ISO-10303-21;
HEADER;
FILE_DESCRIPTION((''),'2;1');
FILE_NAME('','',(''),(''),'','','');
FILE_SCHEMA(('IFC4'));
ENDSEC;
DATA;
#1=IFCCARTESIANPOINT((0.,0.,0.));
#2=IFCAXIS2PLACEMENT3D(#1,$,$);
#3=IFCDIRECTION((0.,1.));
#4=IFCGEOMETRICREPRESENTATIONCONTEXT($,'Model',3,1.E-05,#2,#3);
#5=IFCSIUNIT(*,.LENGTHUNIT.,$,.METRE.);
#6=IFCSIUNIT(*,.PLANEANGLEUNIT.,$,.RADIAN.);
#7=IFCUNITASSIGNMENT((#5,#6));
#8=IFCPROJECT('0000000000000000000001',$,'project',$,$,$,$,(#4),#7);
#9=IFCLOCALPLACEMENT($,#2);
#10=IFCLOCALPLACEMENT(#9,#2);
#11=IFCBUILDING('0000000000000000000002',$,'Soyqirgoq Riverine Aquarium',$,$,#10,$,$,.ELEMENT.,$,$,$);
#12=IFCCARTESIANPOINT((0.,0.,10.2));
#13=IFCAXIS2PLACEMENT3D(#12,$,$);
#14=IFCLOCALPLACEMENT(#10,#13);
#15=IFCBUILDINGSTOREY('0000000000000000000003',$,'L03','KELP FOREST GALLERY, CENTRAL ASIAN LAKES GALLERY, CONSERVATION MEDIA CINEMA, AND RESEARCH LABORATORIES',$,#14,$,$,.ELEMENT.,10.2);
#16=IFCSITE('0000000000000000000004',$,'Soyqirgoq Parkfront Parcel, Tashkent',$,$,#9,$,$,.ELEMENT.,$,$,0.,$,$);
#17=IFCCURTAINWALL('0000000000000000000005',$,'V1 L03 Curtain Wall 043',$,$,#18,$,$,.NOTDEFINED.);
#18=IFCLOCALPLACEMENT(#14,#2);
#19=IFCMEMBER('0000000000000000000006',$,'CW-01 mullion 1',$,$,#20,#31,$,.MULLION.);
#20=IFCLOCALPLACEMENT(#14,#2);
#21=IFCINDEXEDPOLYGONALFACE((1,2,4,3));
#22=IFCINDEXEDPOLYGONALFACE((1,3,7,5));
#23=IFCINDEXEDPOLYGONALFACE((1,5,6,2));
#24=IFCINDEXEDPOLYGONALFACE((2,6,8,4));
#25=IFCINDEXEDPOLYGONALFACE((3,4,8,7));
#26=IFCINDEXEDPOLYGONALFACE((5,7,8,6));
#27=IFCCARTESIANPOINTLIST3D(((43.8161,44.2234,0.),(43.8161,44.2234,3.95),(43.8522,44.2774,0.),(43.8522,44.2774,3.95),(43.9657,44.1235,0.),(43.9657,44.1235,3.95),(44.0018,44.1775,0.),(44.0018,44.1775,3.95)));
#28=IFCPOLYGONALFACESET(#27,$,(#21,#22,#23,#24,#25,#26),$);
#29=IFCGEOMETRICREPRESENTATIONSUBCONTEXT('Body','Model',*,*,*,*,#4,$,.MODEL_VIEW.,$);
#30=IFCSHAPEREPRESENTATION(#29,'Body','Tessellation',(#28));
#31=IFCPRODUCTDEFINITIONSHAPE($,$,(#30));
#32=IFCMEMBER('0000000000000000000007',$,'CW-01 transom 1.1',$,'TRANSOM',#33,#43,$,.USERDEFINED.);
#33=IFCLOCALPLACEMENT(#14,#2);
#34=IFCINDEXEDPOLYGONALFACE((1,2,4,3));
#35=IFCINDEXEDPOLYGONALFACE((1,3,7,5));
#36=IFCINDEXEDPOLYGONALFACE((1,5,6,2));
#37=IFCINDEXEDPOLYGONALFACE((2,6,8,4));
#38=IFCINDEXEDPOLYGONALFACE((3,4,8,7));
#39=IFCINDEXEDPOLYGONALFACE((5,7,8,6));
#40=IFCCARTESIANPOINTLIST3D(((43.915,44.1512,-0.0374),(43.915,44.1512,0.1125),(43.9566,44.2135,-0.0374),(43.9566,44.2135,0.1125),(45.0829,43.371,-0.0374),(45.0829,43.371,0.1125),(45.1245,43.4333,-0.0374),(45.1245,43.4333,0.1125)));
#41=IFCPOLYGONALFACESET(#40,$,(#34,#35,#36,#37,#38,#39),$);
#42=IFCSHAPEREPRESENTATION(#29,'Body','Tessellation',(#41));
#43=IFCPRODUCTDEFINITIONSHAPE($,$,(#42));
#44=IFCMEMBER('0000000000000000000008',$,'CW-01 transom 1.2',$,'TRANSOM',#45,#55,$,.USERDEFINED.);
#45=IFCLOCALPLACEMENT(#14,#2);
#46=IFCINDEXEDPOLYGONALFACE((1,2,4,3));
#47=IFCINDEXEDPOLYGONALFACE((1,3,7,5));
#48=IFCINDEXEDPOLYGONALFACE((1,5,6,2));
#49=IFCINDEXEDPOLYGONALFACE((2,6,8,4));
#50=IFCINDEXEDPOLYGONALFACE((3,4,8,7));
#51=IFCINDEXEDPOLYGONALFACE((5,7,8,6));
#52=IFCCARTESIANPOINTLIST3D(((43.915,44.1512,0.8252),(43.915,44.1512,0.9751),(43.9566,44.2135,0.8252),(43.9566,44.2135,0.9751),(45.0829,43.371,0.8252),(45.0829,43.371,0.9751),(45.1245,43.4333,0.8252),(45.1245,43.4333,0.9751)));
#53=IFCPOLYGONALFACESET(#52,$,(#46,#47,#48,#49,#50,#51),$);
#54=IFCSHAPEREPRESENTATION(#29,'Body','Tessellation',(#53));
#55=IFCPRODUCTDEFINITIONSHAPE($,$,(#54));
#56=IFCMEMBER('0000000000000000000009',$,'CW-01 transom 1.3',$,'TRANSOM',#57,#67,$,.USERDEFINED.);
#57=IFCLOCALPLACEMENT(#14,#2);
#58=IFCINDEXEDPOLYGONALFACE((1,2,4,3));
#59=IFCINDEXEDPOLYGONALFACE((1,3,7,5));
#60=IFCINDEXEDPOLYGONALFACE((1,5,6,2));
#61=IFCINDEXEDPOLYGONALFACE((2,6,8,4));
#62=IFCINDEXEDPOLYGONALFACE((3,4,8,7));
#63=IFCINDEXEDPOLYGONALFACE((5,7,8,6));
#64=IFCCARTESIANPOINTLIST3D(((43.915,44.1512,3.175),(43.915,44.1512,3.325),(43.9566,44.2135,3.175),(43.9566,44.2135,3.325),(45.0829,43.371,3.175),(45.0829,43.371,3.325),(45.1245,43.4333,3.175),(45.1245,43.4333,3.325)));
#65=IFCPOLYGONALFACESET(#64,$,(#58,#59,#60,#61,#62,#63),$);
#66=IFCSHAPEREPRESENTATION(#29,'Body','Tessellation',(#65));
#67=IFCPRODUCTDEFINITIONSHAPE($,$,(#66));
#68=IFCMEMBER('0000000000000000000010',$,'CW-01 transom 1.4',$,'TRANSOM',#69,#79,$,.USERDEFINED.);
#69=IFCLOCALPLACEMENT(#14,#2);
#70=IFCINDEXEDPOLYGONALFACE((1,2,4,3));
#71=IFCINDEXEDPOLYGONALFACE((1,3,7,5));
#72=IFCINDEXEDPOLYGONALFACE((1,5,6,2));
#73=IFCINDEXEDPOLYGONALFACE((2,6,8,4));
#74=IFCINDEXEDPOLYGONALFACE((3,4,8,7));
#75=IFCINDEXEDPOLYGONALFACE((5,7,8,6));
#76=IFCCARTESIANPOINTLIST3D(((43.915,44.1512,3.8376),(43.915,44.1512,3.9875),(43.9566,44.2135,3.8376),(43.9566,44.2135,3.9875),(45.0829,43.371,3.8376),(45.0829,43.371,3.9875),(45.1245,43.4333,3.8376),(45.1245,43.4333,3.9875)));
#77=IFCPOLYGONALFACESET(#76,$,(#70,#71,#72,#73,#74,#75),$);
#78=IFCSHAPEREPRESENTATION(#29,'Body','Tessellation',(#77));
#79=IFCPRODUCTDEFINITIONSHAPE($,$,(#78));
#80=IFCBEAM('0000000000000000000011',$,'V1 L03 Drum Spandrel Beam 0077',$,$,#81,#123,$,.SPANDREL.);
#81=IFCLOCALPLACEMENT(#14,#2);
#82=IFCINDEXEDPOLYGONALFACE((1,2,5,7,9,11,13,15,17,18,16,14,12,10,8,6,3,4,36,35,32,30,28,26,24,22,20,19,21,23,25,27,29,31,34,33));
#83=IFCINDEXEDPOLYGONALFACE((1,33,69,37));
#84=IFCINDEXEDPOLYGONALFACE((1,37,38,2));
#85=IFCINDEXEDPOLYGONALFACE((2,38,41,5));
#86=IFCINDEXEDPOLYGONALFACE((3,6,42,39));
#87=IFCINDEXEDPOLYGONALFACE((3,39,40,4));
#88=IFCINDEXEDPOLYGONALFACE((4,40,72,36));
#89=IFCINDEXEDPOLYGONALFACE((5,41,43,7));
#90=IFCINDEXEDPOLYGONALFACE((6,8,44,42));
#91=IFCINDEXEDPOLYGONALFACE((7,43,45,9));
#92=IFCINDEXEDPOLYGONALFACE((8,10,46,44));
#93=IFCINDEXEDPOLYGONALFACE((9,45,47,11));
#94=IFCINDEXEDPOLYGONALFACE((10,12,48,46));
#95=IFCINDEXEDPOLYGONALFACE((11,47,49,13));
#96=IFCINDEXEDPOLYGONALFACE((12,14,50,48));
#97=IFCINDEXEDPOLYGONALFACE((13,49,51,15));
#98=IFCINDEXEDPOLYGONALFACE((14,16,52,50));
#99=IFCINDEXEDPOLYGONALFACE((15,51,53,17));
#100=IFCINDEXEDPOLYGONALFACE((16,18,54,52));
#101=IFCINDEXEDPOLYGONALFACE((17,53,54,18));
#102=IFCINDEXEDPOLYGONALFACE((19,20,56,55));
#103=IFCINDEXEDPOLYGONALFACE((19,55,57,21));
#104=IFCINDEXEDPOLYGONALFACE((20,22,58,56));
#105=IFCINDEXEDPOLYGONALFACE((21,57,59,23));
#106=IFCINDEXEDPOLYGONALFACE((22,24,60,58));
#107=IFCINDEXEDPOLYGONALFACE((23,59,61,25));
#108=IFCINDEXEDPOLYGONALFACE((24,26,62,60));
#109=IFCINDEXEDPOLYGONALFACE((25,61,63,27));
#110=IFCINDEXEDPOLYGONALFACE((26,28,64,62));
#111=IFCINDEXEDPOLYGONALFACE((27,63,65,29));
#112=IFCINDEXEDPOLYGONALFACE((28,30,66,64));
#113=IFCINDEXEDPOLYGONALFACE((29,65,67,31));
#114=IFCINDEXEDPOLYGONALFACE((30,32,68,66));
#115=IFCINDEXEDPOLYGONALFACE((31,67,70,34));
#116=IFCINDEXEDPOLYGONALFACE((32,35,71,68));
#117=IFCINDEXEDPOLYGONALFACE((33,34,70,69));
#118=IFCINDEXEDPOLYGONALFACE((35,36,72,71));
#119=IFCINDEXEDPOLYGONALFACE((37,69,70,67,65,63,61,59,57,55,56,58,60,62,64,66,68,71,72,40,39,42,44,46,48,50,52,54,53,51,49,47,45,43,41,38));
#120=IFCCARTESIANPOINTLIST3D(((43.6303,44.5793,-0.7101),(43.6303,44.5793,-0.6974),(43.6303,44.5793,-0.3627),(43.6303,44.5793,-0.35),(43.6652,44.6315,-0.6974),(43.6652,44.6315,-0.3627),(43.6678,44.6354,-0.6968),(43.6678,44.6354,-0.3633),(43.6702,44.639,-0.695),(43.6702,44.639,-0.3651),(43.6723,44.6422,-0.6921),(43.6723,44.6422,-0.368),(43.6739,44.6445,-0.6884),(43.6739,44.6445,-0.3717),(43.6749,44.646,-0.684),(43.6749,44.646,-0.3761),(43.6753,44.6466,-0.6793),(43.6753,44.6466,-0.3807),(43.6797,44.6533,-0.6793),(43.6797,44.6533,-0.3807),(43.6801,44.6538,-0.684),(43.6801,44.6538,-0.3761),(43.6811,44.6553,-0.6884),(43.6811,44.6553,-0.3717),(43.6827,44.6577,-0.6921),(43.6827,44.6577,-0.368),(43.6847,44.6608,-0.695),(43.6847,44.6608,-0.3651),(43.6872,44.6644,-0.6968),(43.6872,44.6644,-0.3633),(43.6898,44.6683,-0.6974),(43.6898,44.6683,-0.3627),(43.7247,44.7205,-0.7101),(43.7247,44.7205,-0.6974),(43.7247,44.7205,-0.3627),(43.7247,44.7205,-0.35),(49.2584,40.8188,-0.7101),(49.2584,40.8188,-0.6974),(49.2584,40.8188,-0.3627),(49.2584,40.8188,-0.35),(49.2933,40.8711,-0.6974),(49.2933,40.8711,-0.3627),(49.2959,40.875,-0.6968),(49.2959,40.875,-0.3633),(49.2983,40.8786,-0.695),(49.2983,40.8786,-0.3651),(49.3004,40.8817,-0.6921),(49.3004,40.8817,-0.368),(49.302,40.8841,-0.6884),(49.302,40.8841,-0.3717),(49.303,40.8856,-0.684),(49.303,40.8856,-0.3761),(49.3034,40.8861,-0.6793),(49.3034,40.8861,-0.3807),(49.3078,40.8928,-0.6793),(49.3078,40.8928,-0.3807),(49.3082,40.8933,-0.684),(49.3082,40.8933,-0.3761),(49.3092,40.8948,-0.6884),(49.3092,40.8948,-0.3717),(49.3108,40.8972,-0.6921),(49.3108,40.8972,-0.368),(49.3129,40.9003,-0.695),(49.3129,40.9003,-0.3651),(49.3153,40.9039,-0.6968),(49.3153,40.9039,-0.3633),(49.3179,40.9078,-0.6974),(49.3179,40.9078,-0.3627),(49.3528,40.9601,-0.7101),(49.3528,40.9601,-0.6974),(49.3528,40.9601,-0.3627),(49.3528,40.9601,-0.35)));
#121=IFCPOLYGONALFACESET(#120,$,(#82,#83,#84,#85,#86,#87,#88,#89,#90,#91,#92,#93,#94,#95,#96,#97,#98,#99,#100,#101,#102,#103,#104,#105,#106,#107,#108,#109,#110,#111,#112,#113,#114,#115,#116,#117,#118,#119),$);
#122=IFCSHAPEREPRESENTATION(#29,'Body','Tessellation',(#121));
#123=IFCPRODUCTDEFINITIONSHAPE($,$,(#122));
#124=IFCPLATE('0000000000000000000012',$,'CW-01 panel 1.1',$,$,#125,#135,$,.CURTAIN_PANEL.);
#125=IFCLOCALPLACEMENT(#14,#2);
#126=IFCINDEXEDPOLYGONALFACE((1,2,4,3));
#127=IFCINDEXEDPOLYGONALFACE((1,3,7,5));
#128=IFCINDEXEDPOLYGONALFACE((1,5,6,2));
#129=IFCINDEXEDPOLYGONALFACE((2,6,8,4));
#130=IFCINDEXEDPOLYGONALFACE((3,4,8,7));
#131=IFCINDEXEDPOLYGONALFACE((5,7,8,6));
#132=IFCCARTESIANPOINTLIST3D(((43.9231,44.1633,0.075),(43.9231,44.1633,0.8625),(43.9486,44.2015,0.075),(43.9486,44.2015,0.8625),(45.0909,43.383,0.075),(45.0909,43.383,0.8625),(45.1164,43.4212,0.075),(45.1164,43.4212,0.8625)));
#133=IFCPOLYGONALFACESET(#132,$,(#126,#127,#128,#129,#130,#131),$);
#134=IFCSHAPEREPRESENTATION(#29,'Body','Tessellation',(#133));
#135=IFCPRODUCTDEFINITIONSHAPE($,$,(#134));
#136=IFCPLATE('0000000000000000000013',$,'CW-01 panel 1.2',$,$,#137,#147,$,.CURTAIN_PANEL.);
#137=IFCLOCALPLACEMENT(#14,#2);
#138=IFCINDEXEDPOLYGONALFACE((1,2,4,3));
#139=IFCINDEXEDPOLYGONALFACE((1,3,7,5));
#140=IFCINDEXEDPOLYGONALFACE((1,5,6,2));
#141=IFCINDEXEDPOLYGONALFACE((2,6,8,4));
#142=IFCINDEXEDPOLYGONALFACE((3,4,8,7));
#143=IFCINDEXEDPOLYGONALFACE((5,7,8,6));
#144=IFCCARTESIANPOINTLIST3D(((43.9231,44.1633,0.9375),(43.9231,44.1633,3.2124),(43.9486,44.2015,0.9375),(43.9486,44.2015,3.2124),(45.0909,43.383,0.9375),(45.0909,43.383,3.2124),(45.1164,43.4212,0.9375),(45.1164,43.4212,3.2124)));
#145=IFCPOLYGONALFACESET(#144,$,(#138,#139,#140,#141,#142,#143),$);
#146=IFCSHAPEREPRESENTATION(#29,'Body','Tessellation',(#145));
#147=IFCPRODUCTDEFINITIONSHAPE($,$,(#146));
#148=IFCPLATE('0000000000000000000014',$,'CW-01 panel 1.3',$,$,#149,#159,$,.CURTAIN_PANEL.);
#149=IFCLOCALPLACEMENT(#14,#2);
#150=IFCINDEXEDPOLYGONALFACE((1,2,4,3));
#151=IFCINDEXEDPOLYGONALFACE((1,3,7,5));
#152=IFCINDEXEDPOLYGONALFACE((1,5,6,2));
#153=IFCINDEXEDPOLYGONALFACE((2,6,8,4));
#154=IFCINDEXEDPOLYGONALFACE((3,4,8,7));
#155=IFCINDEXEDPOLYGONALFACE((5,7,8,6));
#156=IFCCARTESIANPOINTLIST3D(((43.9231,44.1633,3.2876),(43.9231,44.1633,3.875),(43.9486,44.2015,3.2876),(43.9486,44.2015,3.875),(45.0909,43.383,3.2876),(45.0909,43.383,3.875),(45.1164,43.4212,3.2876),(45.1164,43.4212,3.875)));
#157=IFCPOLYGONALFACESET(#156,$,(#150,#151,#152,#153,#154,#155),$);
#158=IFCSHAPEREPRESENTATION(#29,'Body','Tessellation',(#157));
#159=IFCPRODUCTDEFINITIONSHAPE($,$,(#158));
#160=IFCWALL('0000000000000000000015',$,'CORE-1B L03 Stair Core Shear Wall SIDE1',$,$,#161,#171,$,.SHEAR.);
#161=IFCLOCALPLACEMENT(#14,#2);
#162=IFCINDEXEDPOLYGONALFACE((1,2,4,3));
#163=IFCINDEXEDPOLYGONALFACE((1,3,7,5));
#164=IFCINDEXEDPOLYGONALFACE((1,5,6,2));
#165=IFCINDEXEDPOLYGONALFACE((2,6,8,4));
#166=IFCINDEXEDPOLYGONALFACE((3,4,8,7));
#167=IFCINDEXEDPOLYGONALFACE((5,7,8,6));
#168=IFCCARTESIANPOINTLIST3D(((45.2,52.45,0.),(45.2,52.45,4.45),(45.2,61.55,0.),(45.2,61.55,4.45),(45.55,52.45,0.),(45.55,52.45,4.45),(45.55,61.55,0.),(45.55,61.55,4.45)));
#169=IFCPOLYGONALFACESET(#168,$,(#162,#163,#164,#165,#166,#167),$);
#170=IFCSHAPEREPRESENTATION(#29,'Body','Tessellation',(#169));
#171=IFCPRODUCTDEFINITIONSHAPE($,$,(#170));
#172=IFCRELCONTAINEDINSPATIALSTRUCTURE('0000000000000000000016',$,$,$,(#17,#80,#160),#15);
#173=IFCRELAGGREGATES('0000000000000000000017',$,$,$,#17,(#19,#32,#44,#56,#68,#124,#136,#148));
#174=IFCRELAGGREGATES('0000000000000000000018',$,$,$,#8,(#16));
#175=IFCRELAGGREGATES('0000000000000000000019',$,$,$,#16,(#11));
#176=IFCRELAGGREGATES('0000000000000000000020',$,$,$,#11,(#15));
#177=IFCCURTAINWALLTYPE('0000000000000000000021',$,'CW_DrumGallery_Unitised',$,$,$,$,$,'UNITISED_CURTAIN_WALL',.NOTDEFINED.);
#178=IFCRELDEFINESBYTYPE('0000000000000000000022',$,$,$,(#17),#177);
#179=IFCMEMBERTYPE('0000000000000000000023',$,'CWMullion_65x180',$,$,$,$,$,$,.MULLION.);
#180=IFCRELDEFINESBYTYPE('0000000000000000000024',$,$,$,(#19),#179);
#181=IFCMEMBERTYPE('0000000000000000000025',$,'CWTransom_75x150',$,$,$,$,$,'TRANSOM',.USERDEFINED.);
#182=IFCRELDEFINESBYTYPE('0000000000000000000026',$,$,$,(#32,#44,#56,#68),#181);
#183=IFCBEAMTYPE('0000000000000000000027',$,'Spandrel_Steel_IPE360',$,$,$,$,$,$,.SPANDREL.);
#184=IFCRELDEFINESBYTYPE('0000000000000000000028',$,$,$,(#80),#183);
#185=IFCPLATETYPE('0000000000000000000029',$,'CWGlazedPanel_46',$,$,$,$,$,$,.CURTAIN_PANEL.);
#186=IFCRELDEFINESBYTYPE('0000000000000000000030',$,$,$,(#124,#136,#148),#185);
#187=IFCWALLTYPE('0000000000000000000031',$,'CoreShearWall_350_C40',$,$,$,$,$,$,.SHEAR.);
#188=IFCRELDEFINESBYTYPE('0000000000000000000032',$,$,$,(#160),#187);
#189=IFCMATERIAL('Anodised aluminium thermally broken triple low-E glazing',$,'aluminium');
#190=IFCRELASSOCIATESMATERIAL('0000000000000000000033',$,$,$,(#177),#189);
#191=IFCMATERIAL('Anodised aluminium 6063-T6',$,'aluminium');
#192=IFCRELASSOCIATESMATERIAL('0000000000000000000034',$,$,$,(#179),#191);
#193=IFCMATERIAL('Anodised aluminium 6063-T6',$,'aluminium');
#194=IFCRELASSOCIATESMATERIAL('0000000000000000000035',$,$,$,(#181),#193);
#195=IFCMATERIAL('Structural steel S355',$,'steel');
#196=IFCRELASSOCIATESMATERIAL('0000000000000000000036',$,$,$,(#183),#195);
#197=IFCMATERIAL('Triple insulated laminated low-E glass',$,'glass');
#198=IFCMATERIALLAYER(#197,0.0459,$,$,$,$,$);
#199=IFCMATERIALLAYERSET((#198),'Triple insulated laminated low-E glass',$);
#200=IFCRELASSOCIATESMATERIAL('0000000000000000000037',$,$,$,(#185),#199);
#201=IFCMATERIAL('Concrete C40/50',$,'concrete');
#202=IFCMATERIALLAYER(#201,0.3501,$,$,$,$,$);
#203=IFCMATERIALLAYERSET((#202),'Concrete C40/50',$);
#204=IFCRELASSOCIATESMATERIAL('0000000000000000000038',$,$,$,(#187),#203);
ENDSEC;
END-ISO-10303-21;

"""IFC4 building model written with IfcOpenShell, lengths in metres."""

from ifc_helpers import new_model, si_unit, direction, frame, frame_2d, origin, origin_2d, place, context, subcontext, project, spatial, rectangle, i_section, extrude, material, layer, layer_set, material_profile, profile_set, type_object, element, aggregate, save


model = new_model("IFC4")

# Units and contexts
model_context = context("Model", 3, precision=1e-05, world=origin(), true_north=direction((0.0, 1.0)))
body_context = subcontext(model_context, "Body", "Model", "MODEL_VIEW")
ifc_project = project(units=[si_unit("LENGTHUNIT", "METRE"), si_unit("PLANEANGLEUNIT", "RADIAN")], contexts=[model_context])

# Site, building, storey
site_placement = place(None, origin())
site = spatial("IfcSite", under=ifc_project, at=site_placement, Name="Soyqirgoq Parkfront Parcel, Tashkent", CompositionType="ELEMENT", RefElevation=0.0)
building_placement = place(site_placement, origin())
building = spatial("IfcBuilding", under=site, at=building_placement, Name="Soyqirgoq Riverine Aquarium", CompositionType="ELEMENT")
storey_placement = place(building_placement, frame((0.0, 0.0, 10.2)))
storey = spatial("IfcBuildingStorey", under=building, at=storey_placement, Name="L03", Description="KELP FOREST GALLERY, CENTRAL ASIAN LAKES GALLERY, CONSERVATION MEDIA CINEMA, AND RESEARCH LABORATORIES", CompositionType="ELEMENT", Elevation=10.2)

# Curtain wall, members
ifc_material_1 = material(Name="Anodised aluminium thermally broken triple low-E glazing", Category="aluminium")
curtain_wall_type = type_object("IfcCurtainWallType", Name="CW_DrumGallery_Unitised", ElementType="UNITISED_CURTAIN_WALL", PredefinedType="NOTDEFINED", material=ifc_material_1)
curtain_wall_placement = place(storey_placement, origin())
curtain_wall = element("IfcCurtainWall", 1, at=curtain_wall_placement, inside=storey, type_object=curtain_wall_type, Name="V1 L03 Curtain Wall 043", PredefinedType="NOTDEFINED")
ifc_material_2 = material(Name="Anodised aluminium 6063-T6", Category="aluminium")
ifc_material_profile_1 = material_profile(ifc_material_2, rectangle(XDim=0.0649, YDim=0.1799, at=origin_2d()), Name="ALU-M 65x180")
ifc_profile_set_1 = profile_set([ifc_material_profile_1], Name="Anodised aluminium 6063-T6")
member_type_1 = type_object("IfcMemberType", Name="CWMullion_65x180", PredefinedType="MULLION", material=ifc_profile_set_1)
member_1_placement = place(storey_placement, frame((43.9089, 44.2004, 0.0), z_axis=(0.0, 0.0, 1.0), x_axis=(0.555572, 0.831469, 0.0)))
member_1 = element("IfcMember", 2, at=member_1_placement, type_object=member_type_1, Name="CW-01 mullion 1", PredefinedType="MULLION", context=body_context, shape_type="SweptSolid", body=[
    extrude(rectangle(XDim=0.0649, YDim=0.1799, at=origin_2d()), origin(), (0.0, 0.0, 1.0), 3.95),
])
ifc_material_3 = material(Name="Anodised aluminium 6063-T6", Category="aluminium")
ifc_material_profile_2 = material_profile(ifc_material_3, rectangle(XDim=0.075, YDim=0.1499, at=origin_2d()), Name="ALU-T 75x150")
ifc_profile_set_2 = profile_set([ifc_material_profile_2], Name="Anodised aluminium 6063-T6")
member_type_2 = type_object("IfcMemberType", Name="CWTransom_75x150", ElementType="TRANSOM", PredefinedType="USERDEFINED", material=ifc_profile_set_2)
member_2_placement = place(storey_placement, frame((43.9358, 44.1824, 0.0376), z_axis=(0.831515, -0.555502, 0.0), x_axis=(0.555502, 0.831515, 0.0)))
member_2 = element("IfcMember", 3, at=member_2_placement, type_object=member_type_2, Name="CW-01 transom 1.1", ObjectType="TRANSOM", PredefinedType="USERDEFINED", context=body_context, shape_type="SweptSolid", body=[
    extrude(rectangle(XDim=0.075, YDim=0.1499, at=origin_2d()), origin(), (0.0, 0.0, 1.0), 1.4045),
])
member_3_placement = place(storey_placement, frame((43.9358, 44.1824, 0.9001), z_axis=(0.831515, -0.555502, 0.0), x_axis=(0.555502, 0.831515, 0.0)))
member_3 = element("IfcMember", 4, at=member_3_placement, type_object=member_type_2, Name="CW-01 transom 1.2", ObjectType="TRANSOM", PredefinedType="USERDEFINED", context=body_context, shape_type="SweptSolid", body=[
    extrude(rectangle(XDim=0.075, YDim=0.1499, at=origin_2d()), origin(), (0.0, 0.0, 1.0), 1.4045),
])
member_4_placement = place(storey_placement, frame((43.9358, 44.1824, 3.25), z_axis=(0.831515, -0.555502, 0.0), x_axis=(0.555502, 0.831515, 0.0)))
member_4 = element("IfcMember", 5, at=member_4_placement, type_object=member_type_2, Name="CW-01 transom 1.3", ObjectType="TRANSOM", PredefinedType="USERDEFINED", context=body_context, shape_type="SweptSolid", body=[
    extrude(rectangle(XDim=0.075, YDim=0.1499, at=origin_2d()), origin(), (0.0, 0.0, 1.0), 1.4045),
])
member_5_placement = place(storey_placement, frame((43.9358, 44.1824, 3.9126), z_axis=(0.831515, -0.555502, 0.0), x_axis=(0.555502, 0.831515, 0.0)))
member_5 = element("IfcMember", 6, at=member_5_placement, type_object=member_type_2, Name="CW-01 transom 1.4", ObjectType="TRANSOM", PredefinedType="USERDEFINED", context=body_context, shape_type="SweptSolid", body=[
    extrude(rectangle(XDim=0.075, YDim=0.1499, at=origin_2d()), origin(), (0.0, 0.0, 1.0), 1.4045),
])

# Beam
ifc_material_4 = material(Name="Structural steel S355", Category="steel")
ifc_material_profile_3 = material_profile(ifc_material_4, i_section(OverallWidth=0.1699, OverallDepth=0.3601, WebThickness=0.0081, FlangeThickness=0.0127, FilletRadius=0.0181, at=origin_2d()), Name="IPE 360")
ifc_profile_set_3 = profile_set([ifc_material_profile_3], Name="Structural steel S355")
beam_type = type_object("IfcBeamType", Name="Spandrel_Steel_IPE360", PredefinedType="SPANDREL", material=ifc_profile_set_3)
beam_placement = place(storey_placement, frame((43.6775, 44.6499, -0.53), z_axis=(0.831478, -0.555557, 0.0), x_axis=(0.555557, 0.831478, 0.0)))
element("IfcBeam", 7, at=beam_placement, inside=storey, type_object=beam_type, Name="V1 L03 Drum Spandrel Beam 0077", PredefinedType="SPANDREL", context=body_context, shape_type="SweptSolid", body=[
    extrude(i_section(OverallWidth=0.1699, OverallDepth=0.3601, WebThickness=0.0081, FlangeThickness=0.0127, FilletRadius=0.0181, at=origin_2d()), origin(), (0.0, 0.0, 1.0), 6.7688),
])

# Plates
ifc_material_5 = material(Name="Triple insulated laminated low-E glass", Category="glass")
ifc_layer_1 = layer(ifc_material_5, 0.0459)
ifc_layer_set_1 = layer_set([ifc_layer_1], Name="Triple insulated laminated low-E glass")
plate_type = type_object("IfcPlateType", Name="CWGlazedPanel_46", PredefinedType="CURTAIN_PANEL", material=ifc_layer_set_1)
plate_1_placement = place(storey_placement, frame((44.5198, 43.7922, 0.075), z_axis=(0.0, 0.0, 1.0), x_axis=(0.831469, -0.555572, 0.0)))
plate_1 = element("IfcPlate", 8, at=plate_1_placement, type_object=plate_type, Name="CW-01 panel 1.1", PredefinedType="CURTAIN_PANEL", context=body_context, shape_type="SweptSolid", body=[
    extrude(rectangle(XDim=1.4045, YDim=0.0459, at=origin_2d()), origin(), (0.0, 0.0, 1.0), 0.7876),
])
plate_2_placement = place(storey_placement, frame((44.5198, 43.7922, 0.9375), z_axis=(0.0, 0.0, 1.0), x_axis=(0.831469, -0.555572, 0.0)))
plate_2 = element("IfcPlate", 9, at=plate_2_placement, type_object=plate_type, Name="CW-01 panel 1.2", PredefinedType="CURTAIN_PANEL", context=body_context, shape_type="SweptSolid", body=[
    extrude(rectangle(XDim=1.4045, YDim=0.0459, at=origin_2d()), origin(), (0.0, 0.0, 1.0), 2.2749),
])
plate_3_placement = place(storey_placement, frame((44.5198, 43.7922, 3.2876), z_axis=(0.0, 0.0, 1.0), x_axis=(0.831469, -0.555572, 0.0)))
plate_3 = element("IfcPlate", 10, at=plate_3_placement, type_object=plate_type, Name="CW-01 panel 1.3", PredefinedType="CURTAIN_PANEL", context=body_context, shape_type="SweptSolid", body=[
    extrude(rectangle(XDim=1.4045, YDim=0.0459, at=origin_2d()), origin(), (0.0, 0.0, 1.0), 0.5874),
])
aggregate(curtain_wall, [member_1, member_2, member_3, member_4, member_5, plate_1, plate_2, plate_3])

# Wall
ifc_material_6 = material(Name="Concrete C40/50", Category="concrete")
ifc_layer_2 = layer(ifc_material_6, 0.3501)
ifc_layer_set_2 = layer_set([ifc_layer_2], Name="Concrete C40/50")
wall_type_1 = type_object("IfcWallType", Name="CoreShearWall_350_C40", PredefinedType="SHEAR", material=ifc_layer_set_2)
wall_1_placement = place(storey_placement, frame((45.375, 52.45, 0.0), z_axis=(0.0, 0.0, 1.0), x_axis=(0.0, 1.0, 0.0)))
element("IfcWall", 11, at=wall_1_placement, inside=storey, type_object=wall_type_1, Name="CORE-1B L03 Stair Core Shear Wall SIDE1", PredefinedType="SHEAR", context=body_context, shape_type="SweptSolid", body=[
    extrude(rectangle(XDim=9.1001, YDim=0.3501, at=frame_2d((4.55, 0.0))), origin(), (0.0, 0.0, 1.0), 4.45),
])

save(model, "model.ifc")
